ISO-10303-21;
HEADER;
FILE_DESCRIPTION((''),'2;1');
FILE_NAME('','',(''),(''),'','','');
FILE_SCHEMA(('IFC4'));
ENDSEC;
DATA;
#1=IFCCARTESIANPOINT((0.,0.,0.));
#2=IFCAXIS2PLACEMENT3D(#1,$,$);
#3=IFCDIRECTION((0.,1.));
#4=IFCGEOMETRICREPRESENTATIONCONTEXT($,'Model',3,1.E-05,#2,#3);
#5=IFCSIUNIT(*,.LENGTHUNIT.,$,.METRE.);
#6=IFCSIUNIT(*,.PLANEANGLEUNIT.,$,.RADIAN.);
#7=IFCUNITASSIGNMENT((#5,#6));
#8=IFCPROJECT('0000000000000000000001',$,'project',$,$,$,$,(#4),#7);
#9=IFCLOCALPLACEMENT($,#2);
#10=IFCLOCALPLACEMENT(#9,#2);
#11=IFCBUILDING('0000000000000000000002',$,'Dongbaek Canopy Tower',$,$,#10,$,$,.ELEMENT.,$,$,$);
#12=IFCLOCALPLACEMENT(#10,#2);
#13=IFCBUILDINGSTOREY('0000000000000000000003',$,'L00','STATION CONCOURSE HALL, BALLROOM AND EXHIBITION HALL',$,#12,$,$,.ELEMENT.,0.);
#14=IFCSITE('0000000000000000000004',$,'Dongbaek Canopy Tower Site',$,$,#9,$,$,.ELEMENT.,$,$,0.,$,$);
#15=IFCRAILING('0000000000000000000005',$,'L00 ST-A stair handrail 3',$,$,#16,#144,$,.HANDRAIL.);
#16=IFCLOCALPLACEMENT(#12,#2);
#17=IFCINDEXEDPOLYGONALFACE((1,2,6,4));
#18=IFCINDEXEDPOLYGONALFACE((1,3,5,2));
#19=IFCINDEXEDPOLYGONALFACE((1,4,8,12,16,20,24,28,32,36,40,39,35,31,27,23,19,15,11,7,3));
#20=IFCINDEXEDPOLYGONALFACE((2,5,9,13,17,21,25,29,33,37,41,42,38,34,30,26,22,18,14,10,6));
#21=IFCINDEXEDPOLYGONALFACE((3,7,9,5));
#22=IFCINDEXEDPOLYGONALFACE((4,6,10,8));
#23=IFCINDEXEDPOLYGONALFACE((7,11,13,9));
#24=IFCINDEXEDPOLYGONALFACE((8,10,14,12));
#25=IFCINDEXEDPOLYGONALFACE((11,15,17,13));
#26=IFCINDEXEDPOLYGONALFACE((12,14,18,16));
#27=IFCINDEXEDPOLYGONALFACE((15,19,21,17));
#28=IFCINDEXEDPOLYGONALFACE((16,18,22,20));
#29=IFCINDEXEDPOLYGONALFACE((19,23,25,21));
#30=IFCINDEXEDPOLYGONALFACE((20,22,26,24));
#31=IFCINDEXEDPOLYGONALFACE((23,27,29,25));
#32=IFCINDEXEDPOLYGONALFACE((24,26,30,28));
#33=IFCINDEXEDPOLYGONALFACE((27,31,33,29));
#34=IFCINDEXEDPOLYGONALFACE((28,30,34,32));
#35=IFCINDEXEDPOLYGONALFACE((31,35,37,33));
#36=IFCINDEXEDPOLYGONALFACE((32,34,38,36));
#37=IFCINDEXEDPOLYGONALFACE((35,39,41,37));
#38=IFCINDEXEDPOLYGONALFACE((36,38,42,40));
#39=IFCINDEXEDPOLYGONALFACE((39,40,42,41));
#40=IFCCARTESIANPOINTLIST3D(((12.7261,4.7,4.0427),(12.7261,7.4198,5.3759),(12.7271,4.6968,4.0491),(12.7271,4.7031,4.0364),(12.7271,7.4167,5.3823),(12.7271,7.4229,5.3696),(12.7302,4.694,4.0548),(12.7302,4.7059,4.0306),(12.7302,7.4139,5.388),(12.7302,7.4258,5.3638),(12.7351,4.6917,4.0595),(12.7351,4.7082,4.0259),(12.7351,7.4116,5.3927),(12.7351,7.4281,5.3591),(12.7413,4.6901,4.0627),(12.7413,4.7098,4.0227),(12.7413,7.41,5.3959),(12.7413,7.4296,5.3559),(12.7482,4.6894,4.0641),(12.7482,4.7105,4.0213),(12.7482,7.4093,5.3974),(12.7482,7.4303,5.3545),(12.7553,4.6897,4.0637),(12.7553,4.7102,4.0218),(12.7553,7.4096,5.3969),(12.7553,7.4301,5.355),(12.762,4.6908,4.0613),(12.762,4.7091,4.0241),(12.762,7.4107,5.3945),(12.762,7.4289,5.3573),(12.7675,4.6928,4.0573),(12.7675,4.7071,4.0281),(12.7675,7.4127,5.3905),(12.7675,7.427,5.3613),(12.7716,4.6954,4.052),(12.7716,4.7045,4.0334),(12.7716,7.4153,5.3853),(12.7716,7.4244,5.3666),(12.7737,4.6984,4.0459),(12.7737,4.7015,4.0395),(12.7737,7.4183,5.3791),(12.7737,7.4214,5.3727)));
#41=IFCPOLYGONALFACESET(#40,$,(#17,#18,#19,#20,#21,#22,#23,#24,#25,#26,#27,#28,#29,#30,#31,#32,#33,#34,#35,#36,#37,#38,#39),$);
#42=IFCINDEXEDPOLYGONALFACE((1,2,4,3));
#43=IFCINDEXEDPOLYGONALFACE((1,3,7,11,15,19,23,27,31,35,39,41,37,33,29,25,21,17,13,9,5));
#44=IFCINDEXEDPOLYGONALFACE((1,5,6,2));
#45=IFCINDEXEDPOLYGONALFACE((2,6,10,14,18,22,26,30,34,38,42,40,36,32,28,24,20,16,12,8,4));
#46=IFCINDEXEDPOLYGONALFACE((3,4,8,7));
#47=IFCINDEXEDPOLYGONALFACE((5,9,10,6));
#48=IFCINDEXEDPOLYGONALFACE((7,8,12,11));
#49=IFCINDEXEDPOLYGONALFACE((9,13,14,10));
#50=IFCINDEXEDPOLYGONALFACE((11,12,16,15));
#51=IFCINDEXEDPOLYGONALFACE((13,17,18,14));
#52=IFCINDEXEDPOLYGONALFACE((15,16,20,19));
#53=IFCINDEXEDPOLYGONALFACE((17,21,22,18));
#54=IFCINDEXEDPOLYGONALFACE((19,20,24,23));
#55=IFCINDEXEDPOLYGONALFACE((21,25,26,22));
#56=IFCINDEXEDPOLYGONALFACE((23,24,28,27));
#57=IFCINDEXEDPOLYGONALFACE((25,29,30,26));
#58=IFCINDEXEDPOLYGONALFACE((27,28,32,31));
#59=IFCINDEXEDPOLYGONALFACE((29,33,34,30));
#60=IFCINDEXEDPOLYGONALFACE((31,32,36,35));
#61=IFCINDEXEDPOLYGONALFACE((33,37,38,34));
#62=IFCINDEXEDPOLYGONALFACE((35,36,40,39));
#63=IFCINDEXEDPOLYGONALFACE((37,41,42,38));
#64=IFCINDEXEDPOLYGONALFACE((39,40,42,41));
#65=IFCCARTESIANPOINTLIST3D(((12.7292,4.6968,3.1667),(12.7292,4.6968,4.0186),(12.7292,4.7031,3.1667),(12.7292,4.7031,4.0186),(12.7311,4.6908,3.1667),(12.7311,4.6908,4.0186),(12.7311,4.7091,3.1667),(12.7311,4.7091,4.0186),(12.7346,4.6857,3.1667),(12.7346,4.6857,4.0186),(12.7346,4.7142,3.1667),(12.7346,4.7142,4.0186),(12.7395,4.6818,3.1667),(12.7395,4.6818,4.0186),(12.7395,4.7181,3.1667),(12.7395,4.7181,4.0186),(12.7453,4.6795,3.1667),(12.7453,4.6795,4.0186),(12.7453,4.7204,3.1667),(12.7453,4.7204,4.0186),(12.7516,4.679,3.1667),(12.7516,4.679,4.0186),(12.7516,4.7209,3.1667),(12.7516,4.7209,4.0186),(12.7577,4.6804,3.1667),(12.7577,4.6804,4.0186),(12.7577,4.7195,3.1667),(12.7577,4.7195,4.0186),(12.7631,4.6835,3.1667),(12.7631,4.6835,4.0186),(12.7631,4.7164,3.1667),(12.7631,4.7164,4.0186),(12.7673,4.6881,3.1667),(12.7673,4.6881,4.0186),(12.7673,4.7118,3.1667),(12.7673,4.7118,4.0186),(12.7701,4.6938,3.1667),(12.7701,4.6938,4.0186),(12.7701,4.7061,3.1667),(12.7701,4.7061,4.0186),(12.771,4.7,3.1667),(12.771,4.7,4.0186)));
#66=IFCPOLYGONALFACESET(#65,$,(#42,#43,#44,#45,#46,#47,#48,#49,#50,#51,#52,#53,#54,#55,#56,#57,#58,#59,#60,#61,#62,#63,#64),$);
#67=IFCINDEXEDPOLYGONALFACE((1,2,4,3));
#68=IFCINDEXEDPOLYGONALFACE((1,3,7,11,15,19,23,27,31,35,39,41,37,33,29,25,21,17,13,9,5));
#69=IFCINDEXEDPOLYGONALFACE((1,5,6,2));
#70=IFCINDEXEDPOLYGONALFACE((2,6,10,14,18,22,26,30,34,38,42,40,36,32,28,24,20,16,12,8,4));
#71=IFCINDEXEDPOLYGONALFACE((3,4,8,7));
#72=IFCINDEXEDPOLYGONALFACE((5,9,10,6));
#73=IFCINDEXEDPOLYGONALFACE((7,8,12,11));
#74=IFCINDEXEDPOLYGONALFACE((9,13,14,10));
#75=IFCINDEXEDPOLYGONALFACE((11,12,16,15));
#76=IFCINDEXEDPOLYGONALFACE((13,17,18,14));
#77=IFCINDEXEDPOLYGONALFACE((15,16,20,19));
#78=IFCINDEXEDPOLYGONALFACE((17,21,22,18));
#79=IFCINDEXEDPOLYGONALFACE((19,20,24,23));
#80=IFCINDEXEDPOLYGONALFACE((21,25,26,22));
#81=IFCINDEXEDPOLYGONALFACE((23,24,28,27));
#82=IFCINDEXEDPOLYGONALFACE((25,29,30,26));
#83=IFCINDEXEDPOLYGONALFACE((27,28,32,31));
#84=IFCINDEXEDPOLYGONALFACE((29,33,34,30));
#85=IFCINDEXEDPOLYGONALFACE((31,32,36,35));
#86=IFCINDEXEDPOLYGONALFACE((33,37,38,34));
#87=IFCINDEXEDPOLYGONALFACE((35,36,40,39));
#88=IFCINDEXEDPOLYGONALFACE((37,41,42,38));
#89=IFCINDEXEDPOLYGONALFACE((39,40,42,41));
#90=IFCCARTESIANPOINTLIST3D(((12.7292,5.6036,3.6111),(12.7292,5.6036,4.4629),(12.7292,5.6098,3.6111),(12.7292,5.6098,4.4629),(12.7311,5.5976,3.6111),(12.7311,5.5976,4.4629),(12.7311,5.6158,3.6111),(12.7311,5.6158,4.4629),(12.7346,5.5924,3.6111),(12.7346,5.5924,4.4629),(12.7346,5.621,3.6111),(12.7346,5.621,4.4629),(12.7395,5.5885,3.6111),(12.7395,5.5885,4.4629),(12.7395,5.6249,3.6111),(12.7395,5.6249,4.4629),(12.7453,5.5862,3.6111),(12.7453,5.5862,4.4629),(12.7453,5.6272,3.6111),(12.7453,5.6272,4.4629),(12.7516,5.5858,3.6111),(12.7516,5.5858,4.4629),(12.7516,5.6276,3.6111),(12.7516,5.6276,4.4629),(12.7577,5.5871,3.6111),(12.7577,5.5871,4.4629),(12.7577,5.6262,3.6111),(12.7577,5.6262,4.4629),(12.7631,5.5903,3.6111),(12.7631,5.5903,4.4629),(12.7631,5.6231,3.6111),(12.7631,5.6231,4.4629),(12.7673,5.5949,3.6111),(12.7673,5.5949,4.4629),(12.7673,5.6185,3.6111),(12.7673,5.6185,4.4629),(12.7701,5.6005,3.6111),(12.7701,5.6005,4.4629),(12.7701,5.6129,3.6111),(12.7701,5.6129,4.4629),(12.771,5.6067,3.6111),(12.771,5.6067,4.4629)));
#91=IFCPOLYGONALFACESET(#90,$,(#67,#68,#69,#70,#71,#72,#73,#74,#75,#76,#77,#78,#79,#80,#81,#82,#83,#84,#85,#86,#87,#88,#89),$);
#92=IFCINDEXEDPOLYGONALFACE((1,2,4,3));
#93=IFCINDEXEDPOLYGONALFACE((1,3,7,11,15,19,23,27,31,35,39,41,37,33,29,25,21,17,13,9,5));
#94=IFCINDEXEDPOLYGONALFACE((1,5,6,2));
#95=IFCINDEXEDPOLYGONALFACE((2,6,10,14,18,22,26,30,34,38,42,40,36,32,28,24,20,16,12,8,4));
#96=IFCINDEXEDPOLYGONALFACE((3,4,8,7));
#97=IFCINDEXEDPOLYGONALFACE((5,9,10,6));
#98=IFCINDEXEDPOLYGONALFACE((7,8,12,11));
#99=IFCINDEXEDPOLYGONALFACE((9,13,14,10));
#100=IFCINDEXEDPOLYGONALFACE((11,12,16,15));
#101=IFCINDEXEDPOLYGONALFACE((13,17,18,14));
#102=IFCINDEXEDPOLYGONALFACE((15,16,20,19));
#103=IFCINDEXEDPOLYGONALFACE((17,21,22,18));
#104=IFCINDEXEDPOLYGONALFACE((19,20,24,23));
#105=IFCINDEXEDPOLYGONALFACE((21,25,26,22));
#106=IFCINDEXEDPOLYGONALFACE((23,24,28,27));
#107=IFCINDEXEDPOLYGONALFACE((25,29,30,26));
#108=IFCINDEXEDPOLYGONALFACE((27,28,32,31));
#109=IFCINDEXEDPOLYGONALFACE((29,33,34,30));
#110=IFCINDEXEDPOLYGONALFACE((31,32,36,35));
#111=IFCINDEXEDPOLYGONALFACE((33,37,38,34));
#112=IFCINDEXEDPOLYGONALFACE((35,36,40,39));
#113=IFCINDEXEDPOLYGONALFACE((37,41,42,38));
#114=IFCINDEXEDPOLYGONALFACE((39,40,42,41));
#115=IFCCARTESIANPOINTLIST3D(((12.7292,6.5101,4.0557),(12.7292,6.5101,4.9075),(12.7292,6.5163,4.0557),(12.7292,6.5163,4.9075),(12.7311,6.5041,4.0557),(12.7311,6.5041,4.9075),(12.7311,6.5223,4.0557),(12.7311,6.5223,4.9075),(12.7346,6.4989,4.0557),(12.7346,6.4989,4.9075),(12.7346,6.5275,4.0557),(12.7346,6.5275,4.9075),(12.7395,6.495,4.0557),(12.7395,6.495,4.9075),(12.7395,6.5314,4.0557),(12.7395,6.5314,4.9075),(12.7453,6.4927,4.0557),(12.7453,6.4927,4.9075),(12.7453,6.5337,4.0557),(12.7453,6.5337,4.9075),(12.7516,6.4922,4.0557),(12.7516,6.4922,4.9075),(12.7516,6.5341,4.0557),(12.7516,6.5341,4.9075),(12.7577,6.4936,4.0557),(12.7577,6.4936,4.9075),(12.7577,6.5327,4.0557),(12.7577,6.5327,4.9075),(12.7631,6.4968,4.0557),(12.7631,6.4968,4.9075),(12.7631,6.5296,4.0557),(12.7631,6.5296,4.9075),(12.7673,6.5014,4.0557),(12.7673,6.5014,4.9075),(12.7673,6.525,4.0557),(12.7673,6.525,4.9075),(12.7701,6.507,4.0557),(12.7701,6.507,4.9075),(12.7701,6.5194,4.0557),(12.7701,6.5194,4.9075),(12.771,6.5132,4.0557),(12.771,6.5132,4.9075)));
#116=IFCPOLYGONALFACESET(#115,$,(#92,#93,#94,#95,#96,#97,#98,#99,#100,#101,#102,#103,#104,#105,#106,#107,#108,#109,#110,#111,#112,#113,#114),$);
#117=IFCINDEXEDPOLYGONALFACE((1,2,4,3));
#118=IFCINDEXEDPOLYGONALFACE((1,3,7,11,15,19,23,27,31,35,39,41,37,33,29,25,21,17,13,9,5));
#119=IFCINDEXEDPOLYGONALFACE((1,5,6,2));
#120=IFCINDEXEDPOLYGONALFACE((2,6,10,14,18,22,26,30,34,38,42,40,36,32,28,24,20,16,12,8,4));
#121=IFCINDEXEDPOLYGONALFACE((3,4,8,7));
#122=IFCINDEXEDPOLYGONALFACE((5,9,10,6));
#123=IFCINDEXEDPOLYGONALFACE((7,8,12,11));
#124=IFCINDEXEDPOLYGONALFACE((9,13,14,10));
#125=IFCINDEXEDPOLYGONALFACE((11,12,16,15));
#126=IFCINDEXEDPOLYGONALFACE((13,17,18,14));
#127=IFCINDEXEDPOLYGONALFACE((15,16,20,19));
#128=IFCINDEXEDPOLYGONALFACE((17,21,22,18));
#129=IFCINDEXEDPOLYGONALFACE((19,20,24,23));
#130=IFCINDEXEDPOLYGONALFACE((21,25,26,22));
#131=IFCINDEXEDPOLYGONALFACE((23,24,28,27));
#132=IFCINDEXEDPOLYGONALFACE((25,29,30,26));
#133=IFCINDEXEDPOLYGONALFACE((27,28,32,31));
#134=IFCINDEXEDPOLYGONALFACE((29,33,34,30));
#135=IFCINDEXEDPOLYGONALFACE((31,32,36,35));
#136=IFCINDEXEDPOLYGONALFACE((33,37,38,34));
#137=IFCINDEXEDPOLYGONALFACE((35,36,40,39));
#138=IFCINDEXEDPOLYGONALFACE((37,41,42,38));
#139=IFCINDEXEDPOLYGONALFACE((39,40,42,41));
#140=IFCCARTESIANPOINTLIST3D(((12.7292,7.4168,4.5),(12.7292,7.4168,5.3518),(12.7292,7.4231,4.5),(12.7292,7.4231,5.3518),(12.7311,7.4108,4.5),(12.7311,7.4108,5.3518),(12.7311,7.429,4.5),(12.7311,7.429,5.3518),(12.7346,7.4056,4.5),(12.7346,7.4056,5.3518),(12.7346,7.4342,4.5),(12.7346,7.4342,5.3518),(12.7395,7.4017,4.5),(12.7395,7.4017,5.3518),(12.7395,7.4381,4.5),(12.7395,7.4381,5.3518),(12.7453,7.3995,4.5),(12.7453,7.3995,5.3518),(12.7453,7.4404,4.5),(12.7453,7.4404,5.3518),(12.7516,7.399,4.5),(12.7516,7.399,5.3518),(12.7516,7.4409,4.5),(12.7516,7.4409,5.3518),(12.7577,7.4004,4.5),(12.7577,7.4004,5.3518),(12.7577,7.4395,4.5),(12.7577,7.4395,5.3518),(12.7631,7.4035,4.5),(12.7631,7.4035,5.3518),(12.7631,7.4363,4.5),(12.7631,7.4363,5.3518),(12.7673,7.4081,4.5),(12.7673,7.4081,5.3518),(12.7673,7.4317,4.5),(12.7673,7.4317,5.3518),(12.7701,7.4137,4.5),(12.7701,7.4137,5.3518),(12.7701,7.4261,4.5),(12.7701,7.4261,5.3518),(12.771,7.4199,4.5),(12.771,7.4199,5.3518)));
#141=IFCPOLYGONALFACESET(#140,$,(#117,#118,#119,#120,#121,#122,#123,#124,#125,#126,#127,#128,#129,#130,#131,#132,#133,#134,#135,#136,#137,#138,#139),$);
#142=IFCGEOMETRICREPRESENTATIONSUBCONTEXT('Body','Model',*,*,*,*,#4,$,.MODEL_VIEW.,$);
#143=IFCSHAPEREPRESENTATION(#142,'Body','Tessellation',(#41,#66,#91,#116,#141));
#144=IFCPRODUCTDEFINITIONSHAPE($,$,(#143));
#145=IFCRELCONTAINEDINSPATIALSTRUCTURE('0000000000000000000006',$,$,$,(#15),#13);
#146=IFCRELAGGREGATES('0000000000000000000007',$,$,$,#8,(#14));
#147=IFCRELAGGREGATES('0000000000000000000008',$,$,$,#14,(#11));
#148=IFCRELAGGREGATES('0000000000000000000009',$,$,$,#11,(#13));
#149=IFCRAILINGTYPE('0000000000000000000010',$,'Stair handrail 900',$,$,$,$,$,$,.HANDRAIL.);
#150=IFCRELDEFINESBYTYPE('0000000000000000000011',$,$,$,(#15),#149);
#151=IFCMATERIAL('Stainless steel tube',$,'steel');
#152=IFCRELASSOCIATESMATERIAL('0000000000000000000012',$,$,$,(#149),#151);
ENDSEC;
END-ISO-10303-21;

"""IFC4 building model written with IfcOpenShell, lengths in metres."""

from ifc_helpers import new_model, si_unit, direction, frame, origin, origin_2d, place, context, subcontext, project, spatial, circle, extrude, material, type_object, element, save


model = new_model("IFC4")

# Units and contexts
model_context = context("Model", 3, precision=1e-05, world=origin(), true_north=direction((0.0, 1.0)))
body_context = subcontext(model_context, "Body", "Model", "MODEL_VIEW")
ifc_project = project(units=[si_unit("LENGTHUNIT", "METRE"), si_unit("PLANEANGLEUNIT", "RADIAN")], contexts=[model_context])

# Site, building, storey
site_placement = place(None, origin())
site = spatial("IfcSite", under=ifc_project, at=site_placement, Name="Dongbaek Canopy Tower Site", CompositionType="ELEMENT", RefElevation=0.0)
building_placement = place(site_placement, origin())
building = spatial("IfcBuilding", under=site, at=building_placement, Name="Dongbaek Canopy Tower", CompositionType="ELEMENT")
storey_placement = place(building_placement, origin())
storey = spatial("IfcBuildingStorey", under=building, at=storey_placement, Name="L00", Description="STATION CONCOURSE HALL, BALLROOM AND EXHIBITION HALL", CompositionType="ELEMENT", Elevation=0.0)

# Railing
ifc_material_1 = material(Name="Stainless steel tube", Category="steel")
railing_type_1 = type_object("IfcRailingType", Name="Stair handrail 900", PredefinedType="HANDRAIL", material=ifc_material_1)
for number, where, name in (
    (1, (12.75, 4.7, 3.1667), "L00 ST-A stair handrail 3"),
):
    element("IfcRailing", number, at=place(storey_placement, frame(where)), inside=storey, type_object=railing_type_1, Name=name, PredefinedType="HANDRAIL", context=body_context, shape_type="SweptSolid", body=[
        extrude(circle(Radius=0.0239, at=origin_2d()), frame((0.0, 0.0, 0.876), z_axis=(0.0, 0.897929, 0.440139), x_axis=(-1.0, 0.0, 0.0)), (0.0, 0.0, 1.0), 3.0291),
        extrude(circle(Radius=0.021, at=origin_2d()), origin(), (0.0, 0.0, 1.0), 0.8518),
        extrude(circle(Radius=0.021, at=origin_2d()), frame((0.0, 0.9067, 0.4443)), (0.0, 0.0, 1.0), 0.8518),
        extrude(circle(Radius=0.021, at=origin_2d()), frame((0.0, 1.8132, 0.8889)), (0.0, 0.0, 1.0), 0.8518),
        extrude(circle(Radius=0.021, at=origin_2d()), frame((0.0, 2.72, 1.3333)), (0.0, 0.0, 1.0), 0.8518),
    ])

save(model, "model.ifc")
